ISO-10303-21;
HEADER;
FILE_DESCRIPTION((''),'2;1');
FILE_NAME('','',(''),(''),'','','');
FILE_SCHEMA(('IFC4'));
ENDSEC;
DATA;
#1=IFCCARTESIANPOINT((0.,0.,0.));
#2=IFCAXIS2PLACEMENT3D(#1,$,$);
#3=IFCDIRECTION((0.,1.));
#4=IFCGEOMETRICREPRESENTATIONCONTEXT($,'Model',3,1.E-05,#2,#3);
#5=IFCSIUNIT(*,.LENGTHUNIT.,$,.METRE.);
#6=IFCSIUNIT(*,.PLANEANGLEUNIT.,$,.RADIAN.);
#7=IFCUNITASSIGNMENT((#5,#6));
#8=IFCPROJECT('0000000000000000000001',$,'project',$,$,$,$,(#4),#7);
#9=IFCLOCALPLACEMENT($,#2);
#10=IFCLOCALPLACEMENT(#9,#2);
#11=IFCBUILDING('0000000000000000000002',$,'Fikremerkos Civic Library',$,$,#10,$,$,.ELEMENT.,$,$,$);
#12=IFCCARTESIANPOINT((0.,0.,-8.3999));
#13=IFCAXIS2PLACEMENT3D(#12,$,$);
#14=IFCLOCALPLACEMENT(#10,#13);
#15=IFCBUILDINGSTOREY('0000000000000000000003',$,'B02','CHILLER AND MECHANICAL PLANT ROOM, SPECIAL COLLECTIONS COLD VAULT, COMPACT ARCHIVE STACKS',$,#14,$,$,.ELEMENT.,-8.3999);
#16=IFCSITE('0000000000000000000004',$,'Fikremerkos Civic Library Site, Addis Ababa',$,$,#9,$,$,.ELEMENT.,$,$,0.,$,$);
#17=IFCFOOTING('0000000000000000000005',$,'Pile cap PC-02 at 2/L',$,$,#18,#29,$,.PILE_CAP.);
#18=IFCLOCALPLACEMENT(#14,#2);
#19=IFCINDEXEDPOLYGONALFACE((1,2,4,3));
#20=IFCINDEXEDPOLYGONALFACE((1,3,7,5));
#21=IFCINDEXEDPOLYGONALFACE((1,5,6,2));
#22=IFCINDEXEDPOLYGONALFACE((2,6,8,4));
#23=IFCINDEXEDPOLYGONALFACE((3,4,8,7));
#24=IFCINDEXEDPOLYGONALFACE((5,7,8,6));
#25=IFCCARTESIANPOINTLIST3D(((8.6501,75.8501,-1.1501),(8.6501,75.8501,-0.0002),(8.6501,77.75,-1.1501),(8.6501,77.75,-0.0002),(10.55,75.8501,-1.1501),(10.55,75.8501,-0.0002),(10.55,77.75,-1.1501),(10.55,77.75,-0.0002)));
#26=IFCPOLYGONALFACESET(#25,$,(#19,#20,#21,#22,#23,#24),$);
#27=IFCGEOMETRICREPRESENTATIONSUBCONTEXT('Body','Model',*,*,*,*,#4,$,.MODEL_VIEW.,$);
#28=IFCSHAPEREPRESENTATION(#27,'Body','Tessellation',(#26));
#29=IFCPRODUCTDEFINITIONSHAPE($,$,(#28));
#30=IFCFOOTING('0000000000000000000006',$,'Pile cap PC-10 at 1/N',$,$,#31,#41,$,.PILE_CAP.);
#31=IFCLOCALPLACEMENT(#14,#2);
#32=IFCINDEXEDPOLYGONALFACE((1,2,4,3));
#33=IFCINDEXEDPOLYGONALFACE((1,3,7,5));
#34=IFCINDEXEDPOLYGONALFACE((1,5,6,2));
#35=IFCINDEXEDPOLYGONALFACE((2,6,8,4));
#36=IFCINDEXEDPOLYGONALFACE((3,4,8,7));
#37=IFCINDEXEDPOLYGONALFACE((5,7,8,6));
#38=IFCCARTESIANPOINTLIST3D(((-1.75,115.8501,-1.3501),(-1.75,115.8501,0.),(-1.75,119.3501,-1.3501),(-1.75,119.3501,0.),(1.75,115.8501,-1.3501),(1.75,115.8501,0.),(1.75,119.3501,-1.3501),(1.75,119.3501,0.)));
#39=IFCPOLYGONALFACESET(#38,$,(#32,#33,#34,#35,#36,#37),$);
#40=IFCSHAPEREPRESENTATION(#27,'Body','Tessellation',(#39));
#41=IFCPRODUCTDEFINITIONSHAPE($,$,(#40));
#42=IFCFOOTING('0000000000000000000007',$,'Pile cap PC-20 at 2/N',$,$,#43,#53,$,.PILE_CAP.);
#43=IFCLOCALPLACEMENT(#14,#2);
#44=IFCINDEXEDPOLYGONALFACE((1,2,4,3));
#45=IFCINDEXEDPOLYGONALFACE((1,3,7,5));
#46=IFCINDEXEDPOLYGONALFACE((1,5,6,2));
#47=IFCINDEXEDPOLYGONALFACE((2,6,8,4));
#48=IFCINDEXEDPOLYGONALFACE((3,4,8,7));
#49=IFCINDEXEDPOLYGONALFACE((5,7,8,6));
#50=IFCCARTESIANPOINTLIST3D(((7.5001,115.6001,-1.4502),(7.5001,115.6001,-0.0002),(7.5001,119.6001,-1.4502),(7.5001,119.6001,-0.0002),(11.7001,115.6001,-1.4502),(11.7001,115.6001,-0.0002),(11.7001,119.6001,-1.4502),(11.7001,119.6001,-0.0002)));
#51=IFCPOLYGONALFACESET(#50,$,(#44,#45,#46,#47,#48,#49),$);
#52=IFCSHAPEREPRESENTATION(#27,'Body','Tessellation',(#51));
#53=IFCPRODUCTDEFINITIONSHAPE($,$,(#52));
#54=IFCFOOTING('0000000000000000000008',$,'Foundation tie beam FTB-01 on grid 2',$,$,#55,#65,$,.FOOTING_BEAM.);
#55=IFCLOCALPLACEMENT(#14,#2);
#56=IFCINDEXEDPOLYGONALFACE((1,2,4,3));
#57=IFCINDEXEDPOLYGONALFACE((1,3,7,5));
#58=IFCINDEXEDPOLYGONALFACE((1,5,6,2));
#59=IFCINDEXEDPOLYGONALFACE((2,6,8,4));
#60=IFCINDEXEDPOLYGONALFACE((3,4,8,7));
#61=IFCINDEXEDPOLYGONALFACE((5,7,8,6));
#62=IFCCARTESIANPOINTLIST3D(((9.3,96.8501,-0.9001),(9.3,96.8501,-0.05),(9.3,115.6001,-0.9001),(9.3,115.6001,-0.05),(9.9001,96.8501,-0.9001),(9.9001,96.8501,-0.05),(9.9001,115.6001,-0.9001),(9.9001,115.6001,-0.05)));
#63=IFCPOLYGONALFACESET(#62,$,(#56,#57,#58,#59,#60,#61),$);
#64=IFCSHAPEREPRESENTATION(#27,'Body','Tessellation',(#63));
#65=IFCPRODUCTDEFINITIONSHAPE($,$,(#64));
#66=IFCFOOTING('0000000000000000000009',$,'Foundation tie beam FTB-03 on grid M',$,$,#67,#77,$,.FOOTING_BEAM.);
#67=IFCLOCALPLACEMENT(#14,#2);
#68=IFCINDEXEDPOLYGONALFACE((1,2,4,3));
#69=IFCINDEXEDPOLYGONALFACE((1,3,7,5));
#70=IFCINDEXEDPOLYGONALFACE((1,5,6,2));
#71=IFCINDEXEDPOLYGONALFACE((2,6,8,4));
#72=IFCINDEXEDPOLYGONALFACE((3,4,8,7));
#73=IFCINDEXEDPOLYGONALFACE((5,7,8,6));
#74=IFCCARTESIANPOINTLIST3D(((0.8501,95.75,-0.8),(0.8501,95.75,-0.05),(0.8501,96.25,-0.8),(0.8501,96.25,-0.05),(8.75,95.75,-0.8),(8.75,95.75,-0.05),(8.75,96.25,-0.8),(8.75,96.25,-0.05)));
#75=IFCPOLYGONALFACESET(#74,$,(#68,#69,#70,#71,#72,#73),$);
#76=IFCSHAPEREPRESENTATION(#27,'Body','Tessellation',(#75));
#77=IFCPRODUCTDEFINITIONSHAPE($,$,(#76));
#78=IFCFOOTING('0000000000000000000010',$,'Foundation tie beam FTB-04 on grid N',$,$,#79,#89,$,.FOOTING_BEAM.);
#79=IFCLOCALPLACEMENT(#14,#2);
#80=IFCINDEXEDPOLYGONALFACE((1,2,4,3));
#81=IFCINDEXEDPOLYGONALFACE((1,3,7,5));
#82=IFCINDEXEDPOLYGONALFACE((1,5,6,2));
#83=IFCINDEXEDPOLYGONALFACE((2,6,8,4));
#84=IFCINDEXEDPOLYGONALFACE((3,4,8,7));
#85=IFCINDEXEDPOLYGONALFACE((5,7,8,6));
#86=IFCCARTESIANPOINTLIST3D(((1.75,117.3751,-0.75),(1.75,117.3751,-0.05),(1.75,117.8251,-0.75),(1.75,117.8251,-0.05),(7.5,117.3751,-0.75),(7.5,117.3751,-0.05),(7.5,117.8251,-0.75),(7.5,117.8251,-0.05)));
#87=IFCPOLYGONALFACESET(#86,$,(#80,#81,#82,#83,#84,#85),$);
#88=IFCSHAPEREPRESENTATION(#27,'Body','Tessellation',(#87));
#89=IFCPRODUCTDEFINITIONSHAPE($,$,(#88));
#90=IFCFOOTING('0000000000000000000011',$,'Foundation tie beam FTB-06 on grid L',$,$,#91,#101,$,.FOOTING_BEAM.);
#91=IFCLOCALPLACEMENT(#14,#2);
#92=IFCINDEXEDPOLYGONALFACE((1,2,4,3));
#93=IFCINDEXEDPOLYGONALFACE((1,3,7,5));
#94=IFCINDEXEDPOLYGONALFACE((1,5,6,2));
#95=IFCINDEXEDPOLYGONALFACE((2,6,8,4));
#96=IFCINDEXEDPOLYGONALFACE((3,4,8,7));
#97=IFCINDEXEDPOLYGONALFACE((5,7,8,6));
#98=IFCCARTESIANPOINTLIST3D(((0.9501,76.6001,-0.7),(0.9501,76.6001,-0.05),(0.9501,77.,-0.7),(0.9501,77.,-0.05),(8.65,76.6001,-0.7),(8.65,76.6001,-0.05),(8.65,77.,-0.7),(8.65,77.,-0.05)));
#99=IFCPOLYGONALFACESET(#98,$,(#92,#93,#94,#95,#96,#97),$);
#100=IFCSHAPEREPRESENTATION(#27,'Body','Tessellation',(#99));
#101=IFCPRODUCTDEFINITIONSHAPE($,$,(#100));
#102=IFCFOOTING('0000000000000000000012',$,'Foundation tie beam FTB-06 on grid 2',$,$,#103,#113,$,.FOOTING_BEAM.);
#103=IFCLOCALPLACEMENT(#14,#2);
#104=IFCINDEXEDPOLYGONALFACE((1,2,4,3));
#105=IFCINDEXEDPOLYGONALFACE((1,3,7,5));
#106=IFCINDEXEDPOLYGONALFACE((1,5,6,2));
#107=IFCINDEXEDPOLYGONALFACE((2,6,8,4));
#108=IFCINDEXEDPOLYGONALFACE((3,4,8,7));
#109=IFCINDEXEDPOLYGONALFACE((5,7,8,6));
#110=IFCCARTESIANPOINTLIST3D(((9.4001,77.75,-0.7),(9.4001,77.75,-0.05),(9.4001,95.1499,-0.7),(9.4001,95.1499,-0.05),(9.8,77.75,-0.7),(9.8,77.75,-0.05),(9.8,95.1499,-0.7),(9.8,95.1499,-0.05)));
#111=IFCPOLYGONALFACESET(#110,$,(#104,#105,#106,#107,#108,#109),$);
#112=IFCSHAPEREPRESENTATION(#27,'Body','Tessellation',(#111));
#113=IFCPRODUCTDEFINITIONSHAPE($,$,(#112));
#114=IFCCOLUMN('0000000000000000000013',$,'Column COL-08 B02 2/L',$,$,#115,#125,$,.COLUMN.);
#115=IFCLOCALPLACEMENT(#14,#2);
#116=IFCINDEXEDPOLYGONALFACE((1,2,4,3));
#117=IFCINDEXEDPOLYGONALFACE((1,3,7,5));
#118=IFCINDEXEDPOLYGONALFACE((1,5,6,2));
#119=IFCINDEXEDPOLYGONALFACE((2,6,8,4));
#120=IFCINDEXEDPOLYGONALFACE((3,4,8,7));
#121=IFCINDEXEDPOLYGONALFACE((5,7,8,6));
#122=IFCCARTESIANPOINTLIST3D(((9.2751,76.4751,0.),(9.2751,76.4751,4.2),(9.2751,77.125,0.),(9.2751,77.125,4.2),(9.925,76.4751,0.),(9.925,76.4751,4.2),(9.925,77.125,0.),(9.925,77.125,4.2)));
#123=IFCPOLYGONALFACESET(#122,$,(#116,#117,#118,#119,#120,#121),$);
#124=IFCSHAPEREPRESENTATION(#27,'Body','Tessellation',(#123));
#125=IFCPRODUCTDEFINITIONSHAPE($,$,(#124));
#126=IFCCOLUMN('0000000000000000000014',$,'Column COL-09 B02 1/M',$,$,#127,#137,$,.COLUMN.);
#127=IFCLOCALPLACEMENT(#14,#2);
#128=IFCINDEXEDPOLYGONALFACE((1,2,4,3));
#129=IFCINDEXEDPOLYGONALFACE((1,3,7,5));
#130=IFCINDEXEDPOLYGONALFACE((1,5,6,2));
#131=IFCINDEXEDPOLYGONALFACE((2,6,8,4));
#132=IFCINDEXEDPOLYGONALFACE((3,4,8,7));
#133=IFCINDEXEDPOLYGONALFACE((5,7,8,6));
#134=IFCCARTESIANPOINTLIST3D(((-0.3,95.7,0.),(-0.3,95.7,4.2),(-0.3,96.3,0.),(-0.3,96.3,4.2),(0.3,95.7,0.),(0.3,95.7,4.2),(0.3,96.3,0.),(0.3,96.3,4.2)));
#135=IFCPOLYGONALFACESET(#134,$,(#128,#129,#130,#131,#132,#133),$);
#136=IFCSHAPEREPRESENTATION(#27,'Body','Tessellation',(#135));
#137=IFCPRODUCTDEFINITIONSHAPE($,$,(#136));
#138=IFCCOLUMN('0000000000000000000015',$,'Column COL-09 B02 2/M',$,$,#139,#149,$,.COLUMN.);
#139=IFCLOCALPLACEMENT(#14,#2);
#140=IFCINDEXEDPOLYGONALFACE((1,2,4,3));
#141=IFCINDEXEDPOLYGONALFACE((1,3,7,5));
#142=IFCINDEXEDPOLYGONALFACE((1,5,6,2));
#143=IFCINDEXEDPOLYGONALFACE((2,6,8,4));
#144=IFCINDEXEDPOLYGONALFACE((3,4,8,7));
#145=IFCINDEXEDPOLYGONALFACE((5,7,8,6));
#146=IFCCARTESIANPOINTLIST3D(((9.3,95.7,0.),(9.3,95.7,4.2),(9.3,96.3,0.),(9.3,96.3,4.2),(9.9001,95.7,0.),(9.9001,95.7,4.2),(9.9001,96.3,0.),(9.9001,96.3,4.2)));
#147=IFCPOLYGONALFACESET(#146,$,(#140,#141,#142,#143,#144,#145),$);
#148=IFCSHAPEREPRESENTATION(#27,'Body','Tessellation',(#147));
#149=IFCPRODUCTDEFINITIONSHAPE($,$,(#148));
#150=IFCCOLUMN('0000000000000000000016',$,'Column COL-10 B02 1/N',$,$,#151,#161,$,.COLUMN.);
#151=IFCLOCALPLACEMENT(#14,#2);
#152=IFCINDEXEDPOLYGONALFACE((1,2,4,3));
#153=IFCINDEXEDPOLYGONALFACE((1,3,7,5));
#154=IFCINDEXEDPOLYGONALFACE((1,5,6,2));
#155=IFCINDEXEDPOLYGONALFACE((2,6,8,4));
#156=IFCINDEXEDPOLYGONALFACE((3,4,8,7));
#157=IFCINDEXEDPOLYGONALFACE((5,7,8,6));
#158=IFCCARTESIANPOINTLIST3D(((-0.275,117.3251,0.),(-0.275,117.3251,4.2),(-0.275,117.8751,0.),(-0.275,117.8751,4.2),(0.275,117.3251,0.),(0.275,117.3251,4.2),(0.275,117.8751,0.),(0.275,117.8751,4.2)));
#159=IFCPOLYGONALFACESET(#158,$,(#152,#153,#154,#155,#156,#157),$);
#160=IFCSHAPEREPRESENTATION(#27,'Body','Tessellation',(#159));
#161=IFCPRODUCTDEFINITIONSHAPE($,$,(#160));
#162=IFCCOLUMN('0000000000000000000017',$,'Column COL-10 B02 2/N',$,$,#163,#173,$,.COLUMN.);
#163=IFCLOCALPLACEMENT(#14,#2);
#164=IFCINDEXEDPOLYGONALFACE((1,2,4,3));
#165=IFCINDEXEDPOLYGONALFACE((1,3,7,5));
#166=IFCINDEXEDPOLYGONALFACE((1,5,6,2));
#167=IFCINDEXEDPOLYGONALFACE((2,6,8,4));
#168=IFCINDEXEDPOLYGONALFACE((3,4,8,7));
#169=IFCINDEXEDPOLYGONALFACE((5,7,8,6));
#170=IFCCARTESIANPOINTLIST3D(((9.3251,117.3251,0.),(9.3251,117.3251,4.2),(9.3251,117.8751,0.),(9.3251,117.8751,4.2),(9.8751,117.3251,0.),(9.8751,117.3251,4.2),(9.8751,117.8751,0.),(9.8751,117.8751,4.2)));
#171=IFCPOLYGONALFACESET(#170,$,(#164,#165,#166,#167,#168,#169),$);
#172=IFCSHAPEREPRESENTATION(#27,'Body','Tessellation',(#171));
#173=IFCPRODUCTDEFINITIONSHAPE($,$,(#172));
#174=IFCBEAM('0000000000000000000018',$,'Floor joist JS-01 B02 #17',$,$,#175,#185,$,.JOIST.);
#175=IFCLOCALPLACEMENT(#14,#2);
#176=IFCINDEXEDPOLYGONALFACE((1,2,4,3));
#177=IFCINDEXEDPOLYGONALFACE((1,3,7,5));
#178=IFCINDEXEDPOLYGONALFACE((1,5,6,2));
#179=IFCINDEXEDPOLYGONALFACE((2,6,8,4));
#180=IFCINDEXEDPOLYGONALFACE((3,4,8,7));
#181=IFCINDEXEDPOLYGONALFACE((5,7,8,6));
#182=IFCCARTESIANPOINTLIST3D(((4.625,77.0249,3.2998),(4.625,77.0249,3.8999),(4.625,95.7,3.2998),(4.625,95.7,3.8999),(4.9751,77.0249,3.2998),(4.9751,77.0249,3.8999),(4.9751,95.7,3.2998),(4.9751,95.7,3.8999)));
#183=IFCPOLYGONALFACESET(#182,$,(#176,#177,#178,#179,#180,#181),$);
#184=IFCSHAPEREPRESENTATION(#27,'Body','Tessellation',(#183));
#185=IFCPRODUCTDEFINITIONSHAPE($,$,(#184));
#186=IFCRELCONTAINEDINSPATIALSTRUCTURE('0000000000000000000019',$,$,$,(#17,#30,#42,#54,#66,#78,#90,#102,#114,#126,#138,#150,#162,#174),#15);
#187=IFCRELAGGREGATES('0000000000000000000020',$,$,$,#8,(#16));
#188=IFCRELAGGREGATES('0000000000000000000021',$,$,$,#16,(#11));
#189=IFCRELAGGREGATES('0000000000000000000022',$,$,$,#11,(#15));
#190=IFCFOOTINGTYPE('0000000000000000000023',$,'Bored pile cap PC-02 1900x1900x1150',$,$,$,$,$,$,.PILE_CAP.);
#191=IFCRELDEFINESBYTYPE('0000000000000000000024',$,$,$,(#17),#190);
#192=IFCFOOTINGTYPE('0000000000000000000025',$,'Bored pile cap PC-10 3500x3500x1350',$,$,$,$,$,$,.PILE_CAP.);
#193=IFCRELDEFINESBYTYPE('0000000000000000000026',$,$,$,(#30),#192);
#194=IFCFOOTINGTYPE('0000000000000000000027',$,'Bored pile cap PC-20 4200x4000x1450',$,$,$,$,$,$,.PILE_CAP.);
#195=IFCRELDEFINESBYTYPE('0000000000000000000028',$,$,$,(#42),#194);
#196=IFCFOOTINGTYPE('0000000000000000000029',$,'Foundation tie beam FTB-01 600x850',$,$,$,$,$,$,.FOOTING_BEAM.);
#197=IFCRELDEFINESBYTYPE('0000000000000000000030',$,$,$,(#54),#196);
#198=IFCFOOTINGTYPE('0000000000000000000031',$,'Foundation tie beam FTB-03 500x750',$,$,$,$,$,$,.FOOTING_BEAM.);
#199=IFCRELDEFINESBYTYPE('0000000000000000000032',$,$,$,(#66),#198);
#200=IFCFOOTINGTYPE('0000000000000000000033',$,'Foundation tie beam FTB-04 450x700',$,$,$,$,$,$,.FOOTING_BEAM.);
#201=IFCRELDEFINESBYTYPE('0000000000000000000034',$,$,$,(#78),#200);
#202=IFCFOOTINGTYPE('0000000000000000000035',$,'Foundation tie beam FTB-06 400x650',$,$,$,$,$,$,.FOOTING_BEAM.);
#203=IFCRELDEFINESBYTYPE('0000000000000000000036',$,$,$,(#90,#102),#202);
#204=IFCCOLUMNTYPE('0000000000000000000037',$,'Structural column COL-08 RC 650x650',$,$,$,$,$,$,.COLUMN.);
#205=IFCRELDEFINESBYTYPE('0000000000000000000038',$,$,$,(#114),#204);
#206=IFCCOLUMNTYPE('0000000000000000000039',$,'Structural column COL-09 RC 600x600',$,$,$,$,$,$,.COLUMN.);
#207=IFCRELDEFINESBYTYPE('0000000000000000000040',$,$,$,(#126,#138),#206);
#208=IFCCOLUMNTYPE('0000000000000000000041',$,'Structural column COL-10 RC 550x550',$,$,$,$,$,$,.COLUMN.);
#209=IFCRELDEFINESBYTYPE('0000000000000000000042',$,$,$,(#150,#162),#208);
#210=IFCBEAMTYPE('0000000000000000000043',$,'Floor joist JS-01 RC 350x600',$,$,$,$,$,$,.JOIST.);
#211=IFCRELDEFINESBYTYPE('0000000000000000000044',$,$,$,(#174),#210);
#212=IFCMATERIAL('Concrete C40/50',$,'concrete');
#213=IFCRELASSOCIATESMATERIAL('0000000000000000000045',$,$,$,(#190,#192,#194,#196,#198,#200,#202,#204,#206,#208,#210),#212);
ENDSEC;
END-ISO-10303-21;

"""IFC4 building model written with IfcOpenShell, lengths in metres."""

from ifc_helpers import new_model, si_unit, direction, frame, origin, origin_2d, place, context, subcontext, project, spatial, rectangle, extrude, material, material_profile, profile_set, type_object, element, save


model = new_model("IFC4")

# Units and contexts
model_context = context("Model", 3, precision=1e-05, world=origin(), true_north=direction((0.0, 1.0)))
body_context = subcontext(model_context, "Body", "Model", "MODEL_VIEW")
ifc_project = project(units=[si_unit("LENGTHUNIT", "METRE"), si_unit("PLANEANGLEUNIT", "RADIAN")], contexts=[model_context])

# Site, building, storey
site_placement = place(None, origin())
site = spatial("IfcSite", under=ifc_project, at=site_placement, Name="Fikremerkos Civic Library Site, Addis Ababa", CompositionType="ELEMENT", RefElevation=0.0)
building_placement = place(site_placement, origin())
building = spatial("IfcBuilding", under=site, at=building_placement, Name="Fikremerkos Civic Library", CompositionType="ELEMENT")
storey_placement = place(building_placement, frame((0.0, 0.0, -8.3999)))
storey = spatial("IfcBuildingStorey", under=building, at=storey_placement, Name="B02", Description="CHILLER AND MECHANICAL PLANT ROOM, SPECIAL COLLECTIONS COLD VAULT, COMPACT ARCHIVE STACKS", CompositionType="ELEMENT", Elevation=-8.3999)

# Footings
ifc_material_1 = material(Name="Concrete C40/50", Category="concrete")
footing_type_1 = type_object("IfcFootingType", Name="Bored pile cap PC-02 1900x1900x1150", PredefinedType="PILE_CAP", material=ifc_material_1)
footing_1_placement = place(storey_placement, frame((9.6001, 76.8, -1.1501), z_axis=(0.0, 0.0, 1.0), x_axis=(1.0, 0.0, 0.0)))
element("IfcFooting", 1, at=footing_1_placement, inside=storey, type_object=footing_type_1, Name="Pile cap PC-02 at 2/L", PredefinedType="PILE_CAP", context=body_context, shape_type="SweptSolid", body=[
    extrude(rectangle(XDim=1.8999, YDim=1.8999, at=origin_2d()), origin(), (0.0, 0.0, 1.0), 1.1499),
])
footing_type_2 = type_object("IfcFootingType", Name="Bored pile cap PC-10 3500x3500x1350", PredefinedType="PILE_CAP", material=ifc_material_1)
footing_2_placement = place(storey_placement, frame((0.0, 117.6001, -1.3501), z_axis=(0.0, 0.0, 1.0), x_axis=(1.0, 0.0, 0.0)))
element("IfcFooting", 2, at=footing_2_placement, inside=storey, type_object=footing_type_2, Name="Pile cap PC-10 at 1/N", PredefinedType="PILE_CAP", context=body_context, shape_type="SweptSolid", body=[
    extrude(rectangle(XDim=3.5, YDim=3.5, at=origin_2d()), origin(), (0.0, 0.0, 1.0), 1.3501),
])
footing_type_3 = type_object("IfcFootingType", Name="Bored pile cap PC-20 4200x4000x1450", PredefinedType="PILE_CAP", material=ifc_material_1)
footing_3_placement = place(storey_placement, frame((9.6001, 117.6001, -1.4502), z_axis=(0.0, 0.0, 1.0), x_axis=(1.0, 0.0, 0.0)))
element("IfcFooting", 3, at=footing_3_placement, inside=storey, type_object=footing_type_3, Name="Pile cap PC-20 at 2/N", PredefinedType="PILE_CAP", context=body_context, shape_type="SweptSolid", body=[
    extrude(rectangle(XDim=4.2, YDim=4.0, at=origin_2d()), origin(), (0.0, 0.0, 1.0), 1.45),
])
footing_type_4 = type_object("IfcFootingType", Name="Foundation tie beam FTB-01 600x850", PredefinedType="FOOTING_BEAM", material=ifc_material_1)
footing_4_placement = place(storey_placement, frame((9.6001, 106.2251, -0.9001), z_axis=(0.0, 0.0, 1.0), x_axis=(0.0, 1.0, 0.0)))
element("IfcFooting", 4, at=footing_4_placement, inside=storey, type_object=footing_type_4, Name="Foundation tie beam FTB-01 on grid 2", PredefinedType="FOOTING_BEAM", context=body_context, shape_type="SweptSolid", body=[
    extrude(rectangle(XDim=18.75, YDim=0.6001, at=origin_2d()), origin(), (0.0, 0.0, 1.0), 0.8501),
])
footing_type_5 = type_object("IfcFootingType", Name="Foundation tie beam FTB-03 500x750", PredefinedType="FOOTING_BEAM", material=ifc_material_1)
footing_5_placement = place(storey_placement, frame((4.8, 96.0, -0.8), z_axis=(0.0, 0.0, 1.0), x_axis=(1.0, 0.0, 0.0)))
element("IfcFooting", 5, at=footing_5_placement, inside=storey, type_object=footing_type_5, Name="Foundation tie beam FTB-03 on grid M", PredefinedType="FOOTING_BEAM", context=body_context, shape_type="SweptSolid", body=[
    extrude(rectangle(XDim=7.8999, YDim=0.5, at=origin_2d()), origin(), (0.0, 0.0, 1.0), 0.75),
])
footing_type_6 = type_object("IfcFootingType", Name="Foundation tie beam FTB-04 450x700", PredefinedType="FOOTING_BEAM", material=ifc_material_1)
footing_6_placement = place(storey_placement, frame((4.625, 117.6001, -0.75), z_axis=(0.0, 0.0, 1.0), x_axis=(1.0, 0.0, 0.0)))
element("IfcFooting", 6, at=footing_6_placement, inside=storey, type_object=footing_type_6, Name="Foundation tie beam FTB-04 on grid N", PredefinedType="FOOTING_BEAM", context=body_context, shape_type="SweptSolid", body=[
    extrude(rectangle(XDim=5.75, YDim=0.45, at=origin_2d()), origin(), (0.0, 0.0, 1.0), 0.7),
])
footing_type_7 = type_object("IfcFootingType", Name="Foundation tie beam FTB-06 400x650", PredefinedType="FOOTING_BEAM", material=ifc_material_1)
footing_7_placement = place(storey_placement, frame((4.8, 76.8, -0.7), z_axis=(0.0, 0.0, 1.0), x_axis=(1.0, 0.0, 0.0)))
element("IfcFooting", 7, at=footing_7_placement, inside=storey, type_object=footing_type_7, Name="Foundation tie beam FTB-06 on grid L", PredefinedType="FOOTING_BEAM", context=body_context, shape_type="SweptSolid", body=[
    extrude(rectangle(XDim=7.7, YDim=0.3999, at=origin_2d()), origin(), (0.0, 0.0, 1.0), 0.6499),
])
footing_8_placement = place(storey_placement, frame((9.6001, 86.45, -0.7), z_axis=(0.0, 0.0, 1.0), x_axis=(0.0, 1.0, 0.0)))
element("IfcFooting", 8, at=footing_8_placement, inside=storey, type_object=footing_type_7, Name="Foundation tie beam FTB-06 on grid 2", PredefinedType="FOOTING_BEAM", context=body_context, shape_type="SweptSolid", body=[
    extrude(rectangle(XDim=17.3999, YDim=0.3999, at=origin_2d()), origin(), (0.0, 0.0, 1.0), 0.6499),
])

# Columns
ifc_material_profile_1 = material_profile(ifc_material_1, rectangle(XDim=0.6499, YDim=0.6499, at=origin_2d()), Name="RC 650x650")
ifc_profile_set_1 = profile_set([ifc_material_profile_1], Name="Concrete C40/50")
column_type_1 = type_object("IfcColumnType", Name="Structural column COL-08 RC 650x650", PredefinedType="COLUMN", material=ifc_profile_set_1)
column_placement = place(storey_placement, frame((9.6001, 76.8, 0.0), z_axis=(0.0, 0.0, 1.0), x_axis=(1.0, 0.0, 0.0)))
element("IfcColumn", 9, at=column_placement, inside=storey, type_object=column_type_1, Name="Column COL-08 B02 2/L", PredefinedType="COLUMN", context=body_context, shape_type="SweptSolid", body=[
    extrude(rectangle(XDim=0.6499, YDim=0.6499, at=origin_2d()), origin(), (0.0, 0.0, 1.0), 4.2),
])
ifc_material_profile_2 = material_profile(ifc_material_1, rectangle(XDim=0.6001, YDim=0.6001, at=origin_2d()), Name="RC 600x600")
ifc_profile_set_2 = profile_set([ifc_material_profile_2], Name="Concrete C40/50")
column_type_2 = type_object("IfcColumnType", Name="Structural column COL-09 RC 600x600", PredefinedType="COLUMN", material=ifc_profile_set_2)
for number, where, z_axis, x_axis, name in (
    (10, (0.0, 96.0, 0.0), (0.0, 0.0, 1.0), (1.0, 0.0, 0.0), "Column COL-09 B02 1/M"),
    (11, (9.6001, 96.0, 0.0), (0.0, 0.0, 1.0), (1.0, 0.0, 0.0), "Column COL-09 B02 2/M"),
):
    element("IfcColumn", number, at=place(storey_placement, frame(where, z_axis=z_axis, x_axis=x_axis)), inside=storey, type_object=column_type_2, Name=name, PredefinedType="COLUMN", context=body_context, shape_type="SweptSolid", body=[
        extrude(rectangle(XDim=0.6001, YDim=0.6001, at=origin_2d()), origin(), (0.0, 0.0, 1.0), 4.2),
    ])
ifc_material_profile_3 = material_profile(ifc_material_1, rectangle(XDim=0.55, YDim=0.55, at=origin_2d()), Name="RC 550x550")
ifc_profile_set_3 = profile_set([ifc_material_profile_3], Name="Concrete C40/50")
column_type_3 = type_object("IfcColumnType", Name="Structural column COL-10 RC 550x550", PredefinedType="COLUMN", material=ifc_profile_set_3)
for number, where, z_axis, x_axis, name in (
    (12, (0.0, 117.6001, 0.0), (0.0, 0.0, 1.0), (1.0, 0.0, 0.0), "Column COL-10 B02 1/N"),
    (13, (9.6001, 117.6001, 0.0), (0.0, 0.0, 1.0), (1.0, 0.0, 0.0), "Column COL-10 B02 2/N"),
):
    element("IfcColumn", number, at=place(storey_placement, frame(where, z_axis=z_axis, x_axis=x_axis)), inside=storey, type_object=column_type_3, Name=name, PredefinedType="COLUMN", context=body_context, shape_type="SweptSolid", body=[
        extrude(rectangle(XDim=0.55, YDim=0.55, at=origin_2d()), origin(), (0.0, 0.0, 1.0), 4.2),
    ])

# Beam
ifc_material_profile_4 = material_profile(ifc_material_1, rectangle(XDim=0.3501, YDim=0.6001, at=origin_2d()), Name="RC 350x600")
ifc_profile_set_4 = profile_set([ifc_material_profile_4], Name="Concrete C40/50")
beam_type_1 = type_object("IfcBeamType", Name="Floor joist JS-01 RC 350x600", PredefinedType="JOIST", material=ifc_profile_set_4)
beam_1_placement = place(storey_placement, frame((4.8, 77.0249, 3.5999), z_axis=(0.0, 1.0, 0.0), x_axis=(-1.0, 0.0, 0.0)))
element("IfcBeam", 14, at=beam_1_placement, inside=storey, type_object=beam_type_1, Name="Floor joist JS-01 B02 #17", PredefinedType="JOIST", context=body_context, shape_type="SweptSolid", body=[
    extrude(rectangle(XDim=0.3501, YDim=0.6001, at=origin_2d()), origin(), (0.0, 0.0, 1.0), 18.675),
])

save(model, "model.ifc")
